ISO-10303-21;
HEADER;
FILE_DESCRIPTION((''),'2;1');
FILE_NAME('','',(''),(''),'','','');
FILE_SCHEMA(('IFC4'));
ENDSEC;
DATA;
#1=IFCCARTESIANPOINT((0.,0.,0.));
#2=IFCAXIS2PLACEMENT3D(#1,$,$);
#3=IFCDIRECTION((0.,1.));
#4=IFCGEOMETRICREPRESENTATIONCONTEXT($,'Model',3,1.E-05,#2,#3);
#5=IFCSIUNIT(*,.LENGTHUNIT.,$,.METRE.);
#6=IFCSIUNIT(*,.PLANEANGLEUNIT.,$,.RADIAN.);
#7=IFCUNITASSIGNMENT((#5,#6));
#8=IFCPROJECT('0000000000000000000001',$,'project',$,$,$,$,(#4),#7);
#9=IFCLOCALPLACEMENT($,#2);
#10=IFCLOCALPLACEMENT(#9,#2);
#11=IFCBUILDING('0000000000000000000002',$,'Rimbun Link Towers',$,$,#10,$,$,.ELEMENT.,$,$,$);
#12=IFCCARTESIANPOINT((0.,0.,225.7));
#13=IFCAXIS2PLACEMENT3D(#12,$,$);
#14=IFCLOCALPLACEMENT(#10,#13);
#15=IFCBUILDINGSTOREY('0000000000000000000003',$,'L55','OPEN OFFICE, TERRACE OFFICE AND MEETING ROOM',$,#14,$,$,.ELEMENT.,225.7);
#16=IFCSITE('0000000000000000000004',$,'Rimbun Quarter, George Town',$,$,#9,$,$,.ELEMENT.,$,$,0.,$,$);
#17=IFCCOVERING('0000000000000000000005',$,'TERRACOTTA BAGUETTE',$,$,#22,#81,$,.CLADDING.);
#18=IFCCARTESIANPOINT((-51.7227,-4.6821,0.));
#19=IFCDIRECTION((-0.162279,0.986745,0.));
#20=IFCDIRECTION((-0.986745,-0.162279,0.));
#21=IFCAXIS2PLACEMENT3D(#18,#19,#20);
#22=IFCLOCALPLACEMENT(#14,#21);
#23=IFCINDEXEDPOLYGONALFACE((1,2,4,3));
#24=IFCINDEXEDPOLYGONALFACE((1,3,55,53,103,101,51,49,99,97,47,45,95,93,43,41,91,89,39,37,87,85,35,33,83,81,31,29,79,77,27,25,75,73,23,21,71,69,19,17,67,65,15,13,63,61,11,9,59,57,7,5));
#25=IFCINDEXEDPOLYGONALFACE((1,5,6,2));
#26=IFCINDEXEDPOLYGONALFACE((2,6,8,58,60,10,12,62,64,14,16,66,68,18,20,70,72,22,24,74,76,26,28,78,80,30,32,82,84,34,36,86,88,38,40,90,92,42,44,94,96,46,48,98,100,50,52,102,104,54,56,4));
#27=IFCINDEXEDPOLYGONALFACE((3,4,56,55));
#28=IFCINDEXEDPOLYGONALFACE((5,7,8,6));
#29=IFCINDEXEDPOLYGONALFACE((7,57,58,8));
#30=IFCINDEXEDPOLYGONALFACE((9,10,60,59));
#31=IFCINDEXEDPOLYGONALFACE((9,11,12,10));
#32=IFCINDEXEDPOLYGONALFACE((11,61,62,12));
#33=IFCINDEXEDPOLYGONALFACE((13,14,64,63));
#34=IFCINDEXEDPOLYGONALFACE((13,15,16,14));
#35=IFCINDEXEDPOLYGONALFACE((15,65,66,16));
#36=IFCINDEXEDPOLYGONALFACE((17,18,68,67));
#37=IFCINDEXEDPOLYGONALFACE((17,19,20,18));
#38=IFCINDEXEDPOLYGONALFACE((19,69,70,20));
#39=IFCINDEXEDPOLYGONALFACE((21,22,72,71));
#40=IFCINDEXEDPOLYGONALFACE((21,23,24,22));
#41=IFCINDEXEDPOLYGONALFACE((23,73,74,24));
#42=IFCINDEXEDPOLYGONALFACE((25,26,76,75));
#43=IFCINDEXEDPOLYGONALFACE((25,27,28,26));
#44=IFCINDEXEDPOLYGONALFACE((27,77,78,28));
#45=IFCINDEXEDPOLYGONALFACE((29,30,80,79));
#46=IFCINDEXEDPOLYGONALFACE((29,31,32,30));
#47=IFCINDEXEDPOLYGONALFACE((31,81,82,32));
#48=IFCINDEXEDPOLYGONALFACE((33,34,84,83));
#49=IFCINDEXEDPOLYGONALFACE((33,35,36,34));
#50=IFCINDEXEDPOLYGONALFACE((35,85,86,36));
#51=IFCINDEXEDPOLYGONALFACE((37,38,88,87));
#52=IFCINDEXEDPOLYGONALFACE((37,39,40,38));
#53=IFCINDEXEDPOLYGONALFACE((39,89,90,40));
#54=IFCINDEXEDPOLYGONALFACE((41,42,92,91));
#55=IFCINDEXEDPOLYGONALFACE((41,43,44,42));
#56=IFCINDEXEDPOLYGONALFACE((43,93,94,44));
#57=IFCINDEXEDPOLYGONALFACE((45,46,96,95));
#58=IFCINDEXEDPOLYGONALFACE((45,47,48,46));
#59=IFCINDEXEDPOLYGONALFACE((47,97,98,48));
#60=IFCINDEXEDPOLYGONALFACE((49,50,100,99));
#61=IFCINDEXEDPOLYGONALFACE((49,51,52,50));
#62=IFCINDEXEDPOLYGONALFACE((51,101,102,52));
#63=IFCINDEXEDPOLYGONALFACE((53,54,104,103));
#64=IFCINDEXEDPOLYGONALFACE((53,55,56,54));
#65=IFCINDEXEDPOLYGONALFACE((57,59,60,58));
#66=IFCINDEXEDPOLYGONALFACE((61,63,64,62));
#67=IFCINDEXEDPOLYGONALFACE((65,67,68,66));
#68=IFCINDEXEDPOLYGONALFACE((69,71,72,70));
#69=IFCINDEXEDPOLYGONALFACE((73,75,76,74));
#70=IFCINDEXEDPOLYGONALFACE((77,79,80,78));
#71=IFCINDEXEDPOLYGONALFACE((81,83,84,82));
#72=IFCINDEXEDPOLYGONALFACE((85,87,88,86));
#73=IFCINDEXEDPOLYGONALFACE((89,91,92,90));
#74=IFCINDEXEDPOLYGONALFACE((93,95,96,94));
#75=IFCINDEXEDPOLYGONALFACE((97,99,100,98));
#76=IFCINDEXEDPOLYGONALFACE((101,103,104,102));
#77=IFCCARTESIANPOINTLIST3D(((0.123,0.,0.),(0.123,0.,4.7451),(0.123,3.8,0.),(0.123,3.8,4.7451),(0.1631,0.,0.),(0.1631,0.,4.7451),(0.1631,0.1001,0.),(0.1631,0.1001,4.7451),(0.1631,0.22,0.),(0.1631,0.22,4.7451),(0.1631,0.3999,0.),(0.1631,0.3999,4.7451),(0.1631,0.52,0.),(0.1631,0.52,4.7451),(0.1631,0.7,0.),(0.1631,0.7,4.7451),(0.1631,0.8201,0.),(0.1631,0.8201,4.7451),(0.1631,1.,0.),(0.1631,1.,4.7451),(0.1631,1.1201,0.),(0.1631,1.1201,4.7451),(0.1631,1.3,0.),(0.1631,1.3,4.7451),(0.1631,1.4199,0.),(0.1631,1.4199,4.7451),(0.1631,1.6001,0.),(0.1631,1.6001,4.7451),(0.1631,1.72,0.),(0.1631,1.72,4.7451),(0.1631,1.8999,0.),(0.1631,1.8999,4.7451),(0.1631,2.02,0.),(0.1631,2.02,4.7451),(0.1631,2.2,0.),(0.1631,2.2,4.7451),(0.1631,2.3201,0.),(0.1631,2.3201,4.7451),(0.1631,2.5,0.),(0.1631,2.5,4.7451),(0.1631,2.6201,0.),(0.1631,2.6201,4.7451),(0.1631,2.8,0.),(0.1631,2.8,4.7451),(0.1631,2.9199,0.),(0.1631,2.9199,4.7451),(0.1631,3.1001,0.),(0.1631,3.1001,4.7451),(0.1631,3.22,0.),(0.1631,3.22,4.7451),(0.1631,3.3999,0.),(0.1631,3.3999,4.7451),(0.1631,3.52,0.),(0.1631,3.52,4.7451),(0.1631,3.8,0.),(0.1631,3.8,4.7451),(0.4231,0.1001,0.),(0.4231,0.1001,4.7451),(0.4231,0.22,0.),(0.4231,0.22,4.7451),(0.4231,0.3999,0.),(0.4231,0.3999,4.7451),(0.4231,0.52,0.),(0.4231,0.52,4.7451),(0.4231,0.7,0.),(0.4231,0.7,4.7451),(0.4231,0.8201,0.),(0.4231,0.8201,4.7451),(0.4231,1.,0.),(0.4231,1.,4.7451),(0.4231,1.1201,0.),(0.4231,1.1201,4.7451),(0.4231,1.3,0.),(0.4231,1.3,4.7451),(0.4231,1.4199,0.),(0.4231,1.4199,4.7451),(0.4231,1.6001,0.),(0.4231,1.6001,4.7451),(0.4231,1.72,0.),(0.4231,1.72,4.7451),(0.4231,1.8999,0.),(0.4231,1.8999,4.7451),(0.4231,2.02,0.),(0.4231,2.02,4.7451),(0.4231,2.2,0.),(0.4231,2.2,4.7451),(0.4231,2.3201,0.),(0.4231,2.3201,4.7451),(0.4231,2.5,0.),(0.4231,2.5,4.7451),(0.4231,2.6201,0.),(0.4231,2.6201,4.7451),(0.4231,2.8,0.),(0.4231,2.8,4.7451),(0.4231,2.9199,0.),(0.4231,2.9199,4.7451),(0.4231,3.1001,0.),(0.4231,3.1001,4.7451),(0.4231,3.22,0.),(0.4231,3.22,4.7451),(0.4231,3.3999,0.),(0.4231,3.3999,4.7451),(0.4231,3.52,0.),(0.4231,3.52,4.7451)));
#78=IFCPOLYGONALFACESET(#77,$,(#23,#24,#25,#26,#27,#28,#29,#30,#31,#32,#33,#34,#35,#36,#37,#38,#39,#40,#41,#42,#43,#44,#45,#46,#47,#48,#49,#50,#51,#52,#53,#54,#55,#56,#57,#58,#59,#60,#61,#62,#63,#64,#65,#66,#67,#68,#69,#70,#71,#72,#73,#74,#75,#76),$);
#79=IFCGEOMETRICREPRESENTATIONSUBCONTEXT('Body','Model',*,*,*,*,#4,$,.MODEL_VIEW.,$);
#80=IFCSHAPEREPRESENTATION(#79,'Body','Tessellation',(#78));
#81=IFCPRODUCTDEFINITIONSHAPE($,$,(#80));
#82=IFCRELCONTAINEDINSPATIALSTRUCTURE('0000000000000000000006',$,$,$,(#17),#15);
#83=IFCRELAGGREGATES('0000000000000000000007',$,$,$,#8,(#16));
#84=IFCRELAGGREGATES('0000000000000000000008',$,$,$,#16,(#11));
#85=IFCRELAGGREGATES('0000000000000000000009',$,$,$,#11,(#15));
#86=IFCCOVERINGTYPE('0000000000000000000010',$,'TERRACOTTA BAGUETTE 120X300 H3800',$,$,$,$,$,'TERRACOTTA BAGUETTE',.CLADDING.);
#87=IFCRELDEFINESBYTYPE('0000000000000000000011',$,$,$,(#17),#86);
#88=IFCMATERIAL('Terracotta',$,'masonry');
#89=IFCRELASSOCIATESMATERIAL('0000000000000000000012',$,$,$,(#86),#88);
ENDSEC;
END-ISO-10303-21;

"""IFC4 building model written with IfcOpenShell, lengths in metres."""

from ifc_helpers import new_model, si_unit, direction, frame, origin, place, context, subcontext, project, spatial, polyline, outline, extrude, material, material_profile, profile_set, type_object, element, save


model = new_model("IFC4")

# Units and contexts
model_context = context("Model", 3, precision=1e-05, world=origin(), true_north=direction((0.0, 1.0)))
body_context = subcontext(model_context, "Body", "Model", "MODEL_VIEW")
ifc_project = project(units=[si_unit("LENGTHUNIT", "METRE"), si_unit("PLANEANGLEUNIT", "RADIAN")], contexts=[model_context])

# Site, building, storey
site_placement = place(None, origin())
site = spatial("IfcSite", under=ifc_project, at=site_placement, Name="Rimbun Quarter, George Town", CompositionType="ELEMENT", RefElevation=0.0)
building_placement = place(site_placement, origin())
building = spatial("IfcBuilding", under=site, at=building_placement, Name="Rimbun Link Towers", CompositionType="ELEMENT")
storey_placement = place(building_placement, frame((0.0, 0.0, 225.7)))
storey = spatial("IfcBuildingStorey", under=building, at=storey_placement, Name="L55", Description="OPEN OFFICE, TERRACE OFFICE AND MEETING ROOM", CompositionType="ELEMENT", Elevation=225.7)

# Covering
ifc_material_1 = material(Name="Terracotta", Category="masonry")
ifc_material_profile_1 = material_profile(ifc_material_1, outline(polyline([(0.123, 0.0), (0.1631, 0.0), (0.1631, 0.1001), (0.4231, 0.1001), (0.4231, 0.22), (0.1631, 0.22), (0.1631, 0.3999), (0.4231, 0.3999), (0.4231, 0.52), (0.1631, 0.52), (0.1631, 0.7), (0.4231, 0.7), (0.4231, 0.8201), (0.1631, 0.8201), (0.1631, 1.0), (0.4231, 1.0), (0.4231, 1.1201), (0.1631, 1.1201), (0.1631, 1.3), (0.4231, 1.3), (0.4231, 1.4199), (0.1631, 1.4199), (0.1631, 1.6001), (0.4231, 1.6001), (0.4231, 1.72), (0.1631, 1.72), (0.1631, 1.8999), (0.4231, 1.8999), (0.4231, 2.02), (0.1631, 2.02), (0.1631, 2.2), (0.4231, 2.2), (0.4231, 2.3201), (0.1631, 2.3201), (0.1631, 2.5), (0.4231, 2.5), (0.4231, 2.6201), (0.1631, 2.6201), (0.1631, 2.8), (0.4231, 2.8), (0.4231, 2.9199), (0.1631, 2.9199), (0.1631, 3.1001), (0.4231, 3.1001), (0.4231, 3.22), (0.1631, 3.22), (0.1631, 3.3999), (0.4231, 3.3999), (0.4231, 3.52), (0.1631, 3.52), (0.1631, 3.8), (0.123, 3.8), (0.123, 0.0)])), Name="BAGUETTE 120X300")
ifc_profile_set_1 = profile_set([ifc_material_profile_1], Name="Terracotta")
covering_type = type_object("IfcCoveringType", Name="TERRACOTTA BAGUETTE 120X300 H3800", ElementType="TERRACOTTA BAGUETTE", PredefinedType="CLADDING", material=ifc_profile_set_1)
for number, where, z_axis, x_axis, name in (
    (1, (-51.7227, -4.6821, 0.0), (-0.162279, 0.986745, 0.0), (-0.986745, -0.162279, 0.0), "TERRACOTTA BAGUETTE"),
):
    element("IfcCovering", number, at=place(storey_placement, frame(where, z_axis=z_axis, x_axis=x_axis)), inside=storey, type_object=covering_type, Name=name, PredefinedType="CLADDING", context=body_context, shape_type="SweptSolid", body=[
        extrude(outline(polyline([(0.123, 0.0), (0.1631, 0.0), (0.1631, 0.1001), (0.4231, 0.1001), (0.4231, 0.22), (0.1631, 0.22), (0.1631, 0.3999), (0.4231, 0.3999), (0.4231, 0.52), (0.1631, 0.52), (0.1631, 0.7), (0.4231, 0.7), (0.4231, 0.8201), (0.1631, 0.8201), (0.1631, 1.0), (0.4231, 1.0), (0.4231, 1.1201), (0.1631, 1.1201), (0.1631, 1.3), (0.4231, 1.3), (0.4231, 1.4199), (0.1631, 1.4199), (0.1631, 1.6001), (0.4231, 1.6001), (0.4231, 1.72), (0.1631, 1.72), (0.1631, 1.8999), (0.4231, 1.8999), (0.4231, 2.02), (0.1631, 2.02), (0.1631, 2.2), (0.4231, 2.2), (0.4231, 2.3201), (0.1631, 2.3201), (0.1631, 2.5), (0.4231, 2.5), (0.4231, 2.6201), (0.1631, 2.6201), (0.1631, 2.8), (0.4231, 2.8), (0.4231, 2.9199), (0.1631, 2.9199), (0.1631, 3.1001), (0.4231, 3.1001), (0.4231, 3.22), (0.1631, 3.22), (0.1631, 3.3999), (0.4231, 3.3999), (0.4231, 3.52), (0.1631, 3.52), (0.1631, 3.8), (0.123, 3.8), (0.123, 0.0)])), origin(), (0.0, 0.0, 1.0), 4.7451),
    ])

save(model, "model.ifc")
